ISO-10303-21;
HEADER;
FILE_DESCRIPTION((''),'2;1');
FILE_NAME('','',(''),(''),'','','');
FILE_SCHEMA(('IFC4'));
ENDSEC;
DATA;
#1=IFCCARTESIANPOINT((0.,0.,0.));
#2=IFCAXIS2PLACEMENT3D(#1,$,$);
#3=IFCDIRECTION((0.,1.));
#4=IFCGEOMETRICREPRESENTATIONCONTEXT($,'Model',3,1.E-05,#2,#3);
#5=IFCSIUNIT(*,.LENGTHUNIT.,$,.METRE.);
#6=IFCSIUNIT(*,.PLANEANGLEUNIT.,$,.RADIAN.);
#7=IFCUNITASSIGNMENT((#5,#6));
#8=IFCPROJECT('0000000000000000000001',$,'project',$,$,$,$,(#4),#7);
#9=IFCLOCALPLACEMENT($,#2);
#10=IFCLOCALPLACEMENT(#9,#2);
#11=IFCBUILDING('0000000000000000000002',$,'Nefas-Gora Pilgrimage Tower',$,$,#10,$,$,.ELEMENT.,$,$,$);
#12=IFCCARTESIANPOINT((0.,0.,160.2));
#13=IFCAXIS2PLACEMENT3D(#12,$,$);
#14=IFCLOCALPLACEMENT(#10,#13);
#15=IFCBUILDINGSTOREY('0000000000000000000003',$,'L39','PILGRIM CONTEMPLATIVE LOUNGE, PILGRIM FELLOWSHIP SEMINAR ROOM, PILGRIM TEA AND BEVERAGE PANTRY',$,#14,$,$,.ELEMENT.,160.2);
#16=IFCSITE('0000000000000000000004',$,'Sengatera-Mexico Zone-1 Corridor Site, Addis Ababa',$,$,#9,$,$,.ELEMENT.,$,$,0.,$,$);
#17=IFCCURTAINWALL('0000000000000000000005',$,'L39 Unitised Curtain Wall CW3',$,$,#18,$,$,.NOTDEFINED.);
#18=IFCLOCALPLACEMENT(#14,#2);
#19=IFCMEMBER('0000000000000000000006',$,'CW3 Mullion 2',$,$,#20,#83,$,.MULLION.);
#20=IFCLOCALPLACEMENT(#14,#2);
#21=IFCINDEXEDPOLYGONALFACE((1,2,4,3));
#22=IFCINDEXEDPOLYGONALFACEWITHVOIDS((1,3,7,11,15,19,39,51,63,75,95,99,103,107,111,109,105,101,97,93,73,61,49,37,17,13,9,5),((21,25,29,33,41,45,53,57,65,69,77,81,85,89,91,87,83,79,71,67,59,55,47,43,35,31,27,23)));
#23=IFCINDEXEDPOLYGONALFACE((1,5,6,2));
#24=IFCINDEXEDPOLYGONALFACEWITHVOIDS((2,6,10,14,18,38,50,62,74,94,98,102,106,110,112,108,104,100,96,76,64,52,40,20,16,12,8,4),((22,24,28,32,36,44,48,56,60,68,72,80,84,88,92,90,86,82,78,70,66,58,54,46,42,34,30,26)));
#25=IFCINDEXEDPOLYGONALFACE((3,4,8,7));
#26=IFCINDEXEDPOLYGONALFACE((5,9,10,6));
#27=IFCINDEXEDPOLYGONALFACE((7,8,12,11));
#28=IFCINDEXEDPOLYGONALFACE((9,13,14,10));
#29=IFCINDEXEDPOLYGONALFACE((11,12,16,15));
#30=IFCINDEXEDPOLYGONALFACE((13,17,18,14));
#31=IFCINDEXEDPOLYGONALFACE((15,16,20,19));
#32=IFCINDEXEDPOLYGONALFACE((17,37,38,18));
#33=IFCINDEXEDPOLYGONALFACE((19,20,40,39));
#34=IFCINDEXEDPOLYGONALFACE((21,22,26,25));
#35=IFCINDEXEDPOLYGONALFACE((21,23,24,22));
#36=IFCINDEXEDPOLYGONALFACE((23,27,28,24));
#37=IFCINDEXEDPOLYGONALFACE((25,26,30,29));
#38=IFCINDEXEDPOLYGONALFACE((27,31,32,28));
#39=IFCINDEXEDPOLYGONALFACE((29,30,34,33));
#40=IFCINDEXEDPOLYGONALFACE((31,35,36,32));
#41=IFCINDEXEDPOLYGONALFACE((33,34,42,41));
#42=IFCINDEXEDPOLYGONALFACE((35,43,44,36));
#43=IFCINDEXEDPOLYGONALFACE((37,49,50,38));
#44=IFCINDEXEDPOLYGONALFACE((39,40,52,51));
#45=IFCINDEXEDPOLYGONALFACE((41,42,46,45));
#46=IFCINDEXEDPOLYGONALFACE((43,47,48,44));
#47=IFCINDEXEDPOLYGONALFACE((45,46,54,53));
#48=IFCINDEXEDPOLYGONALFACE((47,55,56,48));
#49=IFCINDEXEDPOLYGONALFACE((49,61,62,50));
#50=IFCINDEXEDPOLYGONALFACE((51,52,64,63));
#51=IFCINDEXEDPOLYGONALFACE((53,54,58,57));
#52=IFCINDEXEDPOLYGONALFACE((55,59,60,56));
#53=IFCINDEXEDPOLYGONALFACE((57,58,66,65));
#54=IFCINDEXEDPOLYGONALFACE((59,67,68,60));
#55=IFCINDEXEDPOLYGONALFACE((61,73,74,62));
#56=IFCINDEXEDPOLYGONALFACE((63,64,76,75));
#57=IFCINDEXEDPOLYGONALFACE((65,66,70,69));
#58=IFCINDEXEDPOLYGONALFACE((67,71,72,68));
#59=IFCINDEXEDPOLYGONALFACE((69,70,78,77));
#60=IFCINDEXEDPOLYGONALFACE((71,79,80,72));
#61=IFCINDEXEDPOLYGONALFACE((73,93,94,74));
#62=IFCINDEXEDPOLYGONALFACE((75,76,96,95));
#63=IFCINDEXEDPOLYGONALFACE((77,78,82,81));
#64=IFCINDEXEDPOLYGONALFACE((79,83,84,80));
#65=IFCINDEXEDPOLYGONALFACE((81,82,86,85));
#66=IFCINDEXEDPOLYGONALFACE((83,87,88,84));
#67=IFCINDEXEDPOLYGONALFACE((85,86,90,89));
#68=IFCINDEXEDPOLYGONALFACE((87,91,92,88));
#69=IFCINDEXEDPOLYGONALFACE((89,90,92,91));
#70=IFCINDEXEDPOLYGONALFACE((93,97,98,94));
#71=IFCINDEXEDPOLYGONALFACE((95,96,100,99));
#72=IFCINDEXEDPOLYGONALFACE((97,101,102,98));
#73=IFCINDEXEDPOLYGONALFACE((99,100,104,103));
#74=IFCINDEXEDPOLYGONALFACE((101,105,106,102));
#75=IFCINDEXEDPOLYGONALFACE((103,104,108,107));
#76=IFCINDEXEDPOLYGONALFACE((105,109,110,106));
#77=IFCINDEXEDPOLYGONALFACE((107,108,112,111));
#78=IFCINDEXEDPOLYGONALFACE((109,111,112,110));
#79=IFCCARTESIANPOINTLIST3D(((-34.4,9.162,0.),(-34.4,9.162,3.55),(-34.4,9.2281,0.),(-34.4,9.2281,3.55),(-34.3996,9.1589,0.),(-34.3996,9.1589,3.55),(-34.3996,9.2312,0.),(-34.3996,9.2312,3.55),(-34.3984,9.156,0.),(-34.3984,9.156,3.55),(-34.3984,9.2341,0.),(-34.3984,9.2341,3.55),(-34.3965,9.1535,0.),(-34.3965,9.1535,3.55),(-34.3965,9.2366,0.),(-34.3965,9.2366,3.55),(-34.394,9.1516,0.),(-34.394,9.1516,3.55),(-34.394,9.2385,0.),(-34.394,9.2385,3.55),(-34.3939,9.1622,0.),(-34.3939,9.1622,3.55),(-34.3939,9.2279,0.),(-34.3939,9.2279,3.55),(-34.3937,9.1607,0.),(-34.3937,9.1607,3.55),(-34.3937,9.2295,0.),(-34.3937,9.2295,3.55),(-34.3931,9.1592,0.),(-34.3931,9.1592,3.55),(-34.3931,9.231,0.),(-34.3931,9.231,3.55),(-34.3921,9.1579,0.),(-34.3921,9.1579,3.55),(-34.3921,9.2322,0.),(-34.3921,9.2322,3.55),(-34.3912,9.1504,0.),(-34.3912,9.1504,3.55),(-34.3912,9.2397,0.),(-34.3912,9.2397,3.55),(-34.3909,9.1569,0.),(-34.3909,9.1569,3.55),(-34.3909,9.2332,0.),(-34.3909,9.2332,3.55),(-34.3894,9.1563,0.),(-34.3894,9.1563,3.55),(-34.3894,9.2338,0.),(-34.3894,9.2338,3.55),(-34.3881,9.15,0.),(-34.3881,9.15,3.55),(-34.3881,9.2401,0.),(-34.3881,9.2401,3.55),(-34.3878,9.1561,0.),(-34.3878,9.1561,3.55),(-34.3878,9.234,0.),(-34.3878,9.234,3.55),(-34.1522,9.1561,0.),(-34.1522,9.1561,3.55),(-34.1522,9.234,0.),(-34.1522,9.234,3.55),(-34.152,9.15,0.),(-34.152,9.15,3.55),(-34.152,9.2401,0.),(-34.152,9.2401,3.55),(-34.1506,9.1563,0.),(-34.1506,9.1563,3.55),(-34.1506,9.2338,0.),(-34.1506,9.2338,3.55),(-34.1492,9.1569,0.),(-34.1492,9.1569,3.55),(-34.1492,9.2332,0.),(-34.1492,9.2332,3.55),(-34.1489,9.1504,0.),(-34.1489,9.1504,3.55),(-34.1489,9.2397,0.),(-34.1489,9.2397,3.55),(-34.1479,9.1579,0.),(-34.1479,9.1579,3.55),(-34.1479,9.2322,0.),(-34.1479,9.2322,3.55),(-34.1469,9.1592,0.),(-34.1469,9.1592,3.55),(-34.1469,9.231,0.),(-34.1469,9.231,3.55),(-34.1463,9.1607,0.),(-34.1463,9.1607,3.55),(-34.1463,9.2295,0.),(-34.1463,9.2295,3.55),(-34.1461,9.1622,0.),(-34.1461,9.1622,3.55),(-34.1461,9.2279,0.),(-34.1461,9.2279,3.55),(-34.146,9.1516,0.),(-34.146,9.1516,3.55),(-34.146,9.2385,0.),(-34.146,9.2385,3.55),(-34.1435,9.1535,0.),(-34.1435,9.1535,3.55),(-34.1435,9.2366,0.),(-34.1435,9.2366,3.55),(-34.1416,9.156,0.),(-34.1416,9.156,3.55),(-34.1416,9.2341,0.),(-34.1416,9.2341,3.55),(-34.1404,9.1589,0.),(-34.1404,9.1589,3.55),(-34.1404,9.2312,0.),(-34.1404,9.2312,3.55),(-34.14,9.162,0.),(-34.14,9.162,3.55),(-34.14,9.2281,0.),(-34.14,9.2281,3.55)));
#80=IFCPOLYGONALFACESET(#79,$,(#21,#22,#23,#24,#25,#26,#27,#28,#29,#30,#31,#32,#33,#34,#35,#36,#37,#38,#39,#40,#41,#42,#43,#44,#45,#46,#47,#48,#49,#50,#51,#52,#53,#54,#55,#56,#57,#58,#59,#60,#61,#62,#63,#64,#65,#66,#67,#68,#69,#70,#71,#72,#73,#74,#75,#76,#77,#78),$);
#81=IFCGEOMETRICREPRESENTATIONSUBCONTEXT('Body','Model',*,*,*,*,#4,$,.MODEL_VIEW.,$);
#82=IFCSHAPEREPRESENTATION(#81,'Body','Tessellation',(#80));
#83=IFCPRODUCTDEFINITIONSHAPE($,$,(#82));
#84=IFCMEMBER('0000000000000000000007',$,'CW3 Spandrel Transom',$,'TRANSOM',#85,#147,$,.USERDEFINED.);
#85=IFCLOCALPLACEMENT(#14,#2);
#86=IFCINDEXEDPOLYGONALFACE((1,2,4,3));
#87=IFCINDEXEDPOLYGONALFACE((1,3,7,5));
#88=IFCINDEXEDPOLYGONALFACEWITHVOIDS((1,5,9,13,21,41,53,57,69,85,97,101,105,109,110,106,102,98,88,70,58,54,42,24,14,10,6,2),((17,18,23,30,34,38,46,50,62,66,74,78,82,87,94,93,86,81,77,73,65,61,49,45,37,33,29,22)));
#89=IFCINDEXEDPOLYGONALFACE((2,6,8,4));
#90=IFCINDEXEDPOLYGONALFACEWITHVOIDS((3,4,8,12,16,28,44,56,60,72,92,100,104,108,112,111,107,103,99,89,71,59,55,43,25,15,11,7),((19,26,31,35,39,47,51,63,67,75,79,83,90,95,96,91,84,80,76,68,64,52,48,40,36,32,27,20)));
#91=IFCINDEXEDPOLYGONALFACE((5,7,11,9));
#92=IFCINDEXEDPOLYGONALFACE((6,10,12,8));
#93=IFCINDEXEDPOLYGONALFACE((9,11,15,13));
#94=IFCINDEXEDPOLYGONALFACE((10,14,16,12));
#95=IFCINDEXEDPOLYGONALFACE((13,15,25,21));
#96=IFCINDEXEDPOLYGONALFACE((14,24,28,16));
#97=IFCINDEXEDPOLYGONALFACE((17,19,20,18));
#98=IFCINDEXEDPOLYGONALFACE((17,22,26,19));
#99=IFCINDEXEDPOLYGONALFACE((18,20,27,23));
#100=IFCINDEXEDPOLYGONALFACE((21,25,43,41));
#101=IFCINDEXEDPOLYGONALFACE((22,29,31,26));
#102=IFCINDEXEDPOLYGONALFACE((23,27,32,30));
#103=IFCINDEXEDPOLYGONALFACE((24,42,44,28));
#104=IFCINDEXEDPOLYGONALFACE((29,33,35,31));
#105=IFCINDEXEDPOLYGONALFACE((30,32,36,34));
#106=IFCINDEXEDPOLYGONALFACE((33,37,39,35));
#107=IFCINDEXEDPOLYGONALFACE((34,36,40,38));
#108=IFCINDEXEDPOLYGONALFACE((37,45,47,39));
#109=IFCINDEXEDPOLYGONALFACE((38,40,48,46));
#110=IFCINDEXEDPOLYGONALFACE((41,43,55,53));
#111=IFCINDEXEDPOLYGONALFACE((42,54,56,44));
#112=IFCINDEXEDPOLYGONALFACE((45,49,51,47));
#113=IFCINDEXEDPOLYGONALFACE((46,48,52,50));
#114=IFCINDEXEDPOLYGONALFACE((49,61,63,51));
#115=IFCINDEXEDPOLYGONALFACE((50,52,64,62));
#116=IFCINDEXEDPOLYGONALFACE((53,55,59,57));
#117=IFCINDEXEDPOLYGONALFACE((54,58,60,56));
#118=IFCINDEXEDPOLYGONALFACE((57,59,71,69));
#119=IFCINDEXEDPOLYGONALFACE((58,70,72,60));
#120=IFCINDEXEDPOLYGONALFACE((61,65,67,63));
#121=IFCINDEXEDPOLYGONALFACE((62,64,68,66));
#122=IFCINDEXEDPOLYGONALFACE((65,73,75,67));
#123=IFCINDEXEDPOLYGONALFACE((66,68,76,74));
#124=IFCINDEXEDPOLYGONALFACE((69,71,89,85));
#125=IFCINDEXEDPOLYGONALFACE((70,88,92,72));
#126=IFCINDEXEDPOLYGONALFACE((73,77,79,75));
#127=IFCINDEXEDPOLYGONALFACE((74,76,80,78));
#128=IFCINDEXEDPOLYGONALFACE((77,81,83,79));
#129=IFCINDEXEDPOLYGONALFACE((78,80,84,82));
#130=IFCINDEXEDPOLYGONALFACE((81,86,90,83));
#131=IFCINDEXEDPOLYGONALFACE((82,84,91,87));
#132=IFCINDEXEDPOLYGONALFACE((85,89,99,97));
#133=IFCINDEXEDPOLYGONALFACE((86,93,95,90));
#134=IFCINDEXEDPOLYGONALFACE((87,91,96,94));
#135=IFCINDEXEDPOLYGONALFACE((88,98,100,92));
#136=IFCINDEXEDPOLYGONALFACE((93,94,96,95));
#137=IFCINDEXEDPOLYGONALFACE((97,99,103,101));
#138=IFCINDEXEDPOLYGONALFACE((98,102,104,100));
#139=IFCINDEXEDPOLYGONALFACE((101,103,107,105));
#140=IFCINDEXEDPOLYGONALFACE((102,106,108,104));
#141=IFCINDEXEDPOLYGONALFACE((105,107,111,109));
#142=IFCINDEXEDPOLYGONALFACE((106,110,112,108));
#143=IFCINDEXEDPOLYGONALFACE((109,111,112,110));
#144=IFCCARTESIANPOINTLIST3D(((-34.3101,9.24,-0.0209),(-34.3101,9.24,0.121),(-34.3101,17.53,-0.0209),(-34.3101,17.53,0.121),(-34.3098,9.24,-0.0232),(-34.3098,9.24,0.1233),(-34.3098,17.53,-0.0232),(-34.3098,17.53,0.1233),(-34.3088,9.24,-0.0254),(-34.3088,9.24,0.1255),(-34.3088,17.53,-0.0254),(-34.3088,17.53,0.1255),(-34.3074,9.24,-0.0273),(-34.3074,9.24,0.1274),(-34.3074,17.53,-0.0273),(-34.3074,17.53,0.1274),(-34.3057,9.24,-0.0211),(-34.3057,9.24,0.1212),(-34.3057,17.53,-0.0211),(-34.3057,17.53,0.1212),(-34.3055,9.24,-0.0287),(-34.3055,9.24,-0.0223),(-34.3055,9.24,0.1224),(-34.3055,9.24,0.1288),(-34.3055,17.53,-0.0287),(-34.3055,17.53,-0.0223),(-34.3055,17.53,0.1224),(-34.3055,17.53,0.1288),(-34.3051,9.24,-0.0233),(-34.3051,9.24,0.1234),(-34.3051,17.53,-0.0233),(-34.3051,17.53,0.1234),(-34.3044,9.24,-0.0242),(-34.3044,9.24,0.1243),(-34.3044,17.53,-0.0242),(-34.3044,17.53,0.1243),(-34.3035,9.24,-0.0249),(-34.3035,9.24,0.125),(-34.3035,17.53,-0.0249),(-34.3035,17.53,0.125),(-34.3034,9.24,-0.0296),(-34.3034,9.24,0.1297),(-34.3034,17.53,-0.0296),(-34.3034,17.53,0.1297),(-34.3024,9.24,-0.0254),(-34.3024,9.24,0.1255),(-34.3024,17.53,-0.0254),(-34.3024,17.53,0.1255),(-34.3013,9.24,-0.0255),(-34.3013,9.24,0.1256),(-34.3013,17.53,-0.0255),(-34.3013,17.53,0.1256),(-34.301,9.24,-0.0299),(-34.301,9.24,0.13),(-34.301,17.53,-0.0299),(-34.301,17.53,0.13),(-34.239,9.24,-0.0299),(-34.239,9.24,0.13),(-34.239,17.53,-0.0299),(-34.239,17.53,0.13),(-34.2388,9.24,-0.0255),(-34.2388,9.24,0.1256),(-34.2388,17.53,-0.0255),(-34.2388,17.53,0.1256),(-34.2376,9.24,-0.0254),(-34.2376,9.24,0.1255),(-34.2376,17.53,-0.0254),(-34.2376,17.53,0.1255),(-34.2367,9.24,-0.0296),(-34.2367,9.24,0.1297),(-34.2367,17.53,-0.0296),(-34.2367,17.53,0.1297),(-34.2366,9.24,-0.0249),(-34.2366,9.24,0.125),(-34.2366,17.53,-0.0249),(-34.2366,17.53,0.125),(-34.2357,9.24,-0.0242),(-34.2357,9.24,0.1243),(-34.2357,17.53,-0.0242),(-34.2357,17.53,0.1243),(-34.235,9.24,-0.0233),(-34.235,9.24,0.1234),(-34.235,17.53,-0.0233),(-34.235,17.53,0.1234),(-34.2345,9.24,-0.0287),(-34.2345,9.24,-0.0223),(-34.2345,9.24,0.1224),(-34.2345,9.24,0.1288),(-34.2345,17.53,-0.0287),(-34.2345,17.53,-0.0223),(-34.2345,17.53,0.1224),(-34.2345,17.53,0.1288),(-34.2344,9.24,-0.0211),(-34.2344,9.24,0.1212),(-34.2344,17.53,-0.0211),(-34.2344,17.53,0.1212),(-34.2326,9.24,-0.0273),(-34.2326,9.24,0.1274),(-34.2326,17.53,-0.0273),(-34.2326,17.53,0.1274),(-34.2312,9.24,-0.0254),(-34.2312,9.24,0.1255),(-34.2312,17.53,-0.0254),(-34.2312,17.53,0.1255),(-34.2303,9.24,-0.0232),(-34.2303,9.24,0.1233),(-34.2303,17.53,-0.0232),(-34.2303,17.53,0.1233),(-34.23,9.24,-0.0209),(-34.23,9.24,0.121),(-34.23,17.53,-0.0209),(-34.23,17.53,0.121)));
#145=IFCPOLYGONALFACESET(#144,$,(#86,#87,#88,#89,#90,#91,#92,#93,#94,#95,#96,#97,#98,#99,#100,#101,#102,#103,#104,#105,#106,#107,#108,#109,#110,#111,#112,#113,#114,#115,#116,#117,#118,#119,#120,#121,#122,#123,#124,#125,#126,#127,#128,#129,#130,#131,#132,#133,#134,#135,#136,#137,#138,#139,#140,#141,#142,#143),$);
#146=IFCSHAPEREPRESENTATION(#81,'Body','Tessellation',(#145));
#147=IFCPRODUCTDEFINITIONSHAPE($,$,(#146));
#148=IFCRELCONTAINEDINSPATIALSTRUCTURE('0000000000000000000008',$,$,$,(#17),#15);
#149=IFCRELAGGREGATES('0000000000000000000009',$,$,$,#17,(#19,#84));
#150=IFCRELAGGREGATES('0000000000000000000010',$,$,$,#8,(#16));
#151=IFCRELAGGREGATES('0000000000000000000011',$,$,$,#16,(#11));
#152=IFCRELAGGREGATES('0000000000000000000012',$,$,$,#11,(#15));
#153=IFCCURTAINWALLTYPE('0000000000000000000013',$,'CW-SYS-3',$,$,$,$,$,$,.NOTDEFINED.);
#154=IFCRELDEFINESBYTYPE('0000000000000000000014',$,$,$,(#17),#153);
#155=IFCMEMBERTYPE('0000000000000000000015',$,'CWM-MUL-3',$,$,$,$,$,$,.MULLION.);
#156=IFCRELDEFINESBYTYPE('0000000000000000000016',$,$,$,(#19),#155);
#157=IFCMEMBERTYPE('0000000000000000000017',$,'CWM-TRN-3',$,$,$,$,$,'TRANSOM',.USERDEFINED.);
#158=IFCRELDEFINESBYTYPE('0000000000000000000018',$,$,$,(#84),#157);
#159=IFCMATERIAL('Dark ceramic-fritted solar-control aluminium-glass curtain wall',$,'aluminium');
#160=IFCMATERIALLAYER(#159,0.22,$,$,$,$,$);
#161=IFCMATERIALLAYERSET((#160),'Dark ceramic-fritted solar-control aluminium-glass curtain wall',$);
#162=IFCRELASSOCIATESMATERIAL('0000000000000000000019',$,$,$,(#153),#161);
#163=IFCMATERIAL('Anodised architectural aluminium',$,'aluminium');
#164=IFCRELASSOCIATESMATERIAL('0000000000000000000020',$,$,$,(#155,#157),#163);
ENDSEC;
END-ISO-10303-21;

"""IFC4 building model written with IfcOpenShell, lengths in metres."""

from ifc_helpers import new_model, si_unit, direction, frame, origin, origin_2d, place, context, subcontext, project, spatial, hollow_rectangle, extrude, source, transform, mapped, material, layer, layer_set, material_profile, profile_set, type_object, element, aggregate, save


model = new_model("IFC4")

# Units and contexts
model_context = context("Model", 3, precision=1e-05, world=origin(), true_north=direction((0.0, 1.0)))
body_context = subcontext(model_context, "Body", "Model", "MODEL_VIEW")
ifc_project = project(units=[si_unit("LENGTHUNIT", "METRE"), si_unit("PLANEANGLEUNIT", "RADIAN")], contexts=[model_context])

# Site, building, storey
site_placement = place(None, origin())
site = spatial("IfcSite", under=ifc_project, at=site_placement, Name="Sengatera-Mexico Zone-1 Corridor Site, Addis Ababa", CompositionType="ELEMENT", RefElevation=0.0)
building_placement = place(site_placement, origin())
building = spatial("IfcBuilding", under=site, at=building_placement, Name="Nefas-Gora Pilgrimage Tower", CompositionType="ELEMENT")
storey_placement = place(building_placement, frame((0.0, 0.0, 160.2)))
storey = spatial("IfcBuildingStorey", under=building, at=storey_placement, Name="L39", Description="PILGRIM CONTEMPLATIVE LOUNGE, PILGRIM FELLOWSHIP SEMINAR ROOM, PILGRIM TEA AND BEVERAGE PANTRY", CompositionType="ELEMENT", Elevation=160.2)

# Shared definitions
ifc_material_1 = material(Name="Dark ceramic-fritted solar-control aluminium-glass curtain wall", Category="aluminium")
ifc_material_2 = material(Name="Anodised architectural aluminium", Category="aluminium")

# Curtain wall, members
ifc_layer_1 = layer(ifc_material_1, 0.22)
ifc_layer_set_1 = layer_set([ifc_layer_1], Name="Dark ceramic-fritted solar-control aluminium-glass curtain wall")
curtain_wall_type_1 = type_object("IfcCurtainWallType", Name="CW-SYS-3", PredefinedType="NOTDEFINED", material=ifc_layer_set_1)
ifc_material_profile_1 = material_profile(ifc_material_2, hollow_rectangle(XDim=0.0901, YDim=0.26, WallThickness=0.0061, InnerFilletRadius=0.0061, OuterFilletRadius=0.012, at=origin_2d()), Name="ALU MULLION 90x260")
ifc_profile_set_1 = profile_set([ifc_material_profile_1], Name="Anodised architectural aluminium")
member_type_1 = type_object("IfcMemberType", Name="CWM-MUL-3", PredefinedType="MULLION", material=ifc_profile_set_1)
shared_shape_1 = source(origin(), body_context, "Body", "SweptSolid", [
    extrude(hollow_rectangle(XDim=0.0901, YDim=0.26, WallThickness=0.0061, InnerFilletRadius=0.0061, OuterFilletRadius=0.012, at=origin_2d()), origin(), (0.0, 0.0, 1.0), 3.55),
])
curtain_wall_1_placement = place(storey_placement, origin())
curtain_wall_1 = element("IfcCurtainWall", 1, at=curtain_wall_1_placement, inside=storey, type_object=curtain_wall_type_1, Name="L39 Unitised Curtain Wall CW3", PredefinedType="NOTDEFINED")
member_1_placement = place(storey_placement, frame((-34.27, 9.1951, 0.0), z_axis=(0.0, 0.0, 1.0), x_axis=(0.0, -1.0, 0.0)))
member_1 = element("IfcMember", 2, at=member_1_placement, type_object=member_type_1, Name="CW3 Mullion 2", PredefinedType="MULLION", context=body_context, shape_type="MappedRepresentation", body=[
    mapped(shared_shape_1, transform((0.0, 0.0, 0.0), x_axis=(1.0, 0.0, 0.0), y_axis=(0.0, 1.0, 0.0), z_axis=(0.0, 0.0, 1.0), scale=1.0)),
])
ifc_material_profile_2 = material_profile(ifc_material_2, hollow_rectangle(XDim=0.0801, YDim=0.1599, WallThickness=0.0044, InnerFilletRadius=0.0044, OuterFilletRadius=0.009, at=origin_2d()), Name="ALU TRANSOM 80x160")
ifc_profile_set_2 = profile_set([ifc_material_profile_2], Name="Anodised architectural aluminium")
member_type_2 = type_object("IfcMemberType", Name="CWM-TRN-3", ElementType="TRANSOM", PredefinedType="USERDEFINED", material=ifc_profile_set_2)
shared_shape_2 = source(origin(), body_context, "Body", "SweptSolid", [
    extrude(hollow_rectangle(XDim=0.0801, YDim=0.1599, WallThickness=0.0044, InnerFilletRadius=0.0044, OuterFilletRadius=0.009, at=origin_2d()), origin(), (0.0, 0.0, 1.0), 8.29),
])
member_2_placement = place(storey_placement, frame((-34.27, 17.53, 0.05), z_axis=(0.0, -1.0, 0.0), x_axis=(1.0, 0.0, 0.0)))
member_2 = element("IfcMember", 3, at=member_2_placement, type_object=member_type_2, Name="CW3 Spandrel Transom", ObjectType="TRANSOM", PredefinedType="USERDEFINED", context=body_context, shape_type="MappedRepresentation", body=[
    mapped(shared_shape_2, transform((0.0, 0.0, 0.0), x_axis=(1.0, 0.0, 0.0), y_axis=(0.0, 1.0, 0.0), z_axis=(0.0, 0.0, 1.0), scale=1.0)),
])

aggregate(curtain_wall_1, [member_1, member_2])

save(model, "model.ifc")
